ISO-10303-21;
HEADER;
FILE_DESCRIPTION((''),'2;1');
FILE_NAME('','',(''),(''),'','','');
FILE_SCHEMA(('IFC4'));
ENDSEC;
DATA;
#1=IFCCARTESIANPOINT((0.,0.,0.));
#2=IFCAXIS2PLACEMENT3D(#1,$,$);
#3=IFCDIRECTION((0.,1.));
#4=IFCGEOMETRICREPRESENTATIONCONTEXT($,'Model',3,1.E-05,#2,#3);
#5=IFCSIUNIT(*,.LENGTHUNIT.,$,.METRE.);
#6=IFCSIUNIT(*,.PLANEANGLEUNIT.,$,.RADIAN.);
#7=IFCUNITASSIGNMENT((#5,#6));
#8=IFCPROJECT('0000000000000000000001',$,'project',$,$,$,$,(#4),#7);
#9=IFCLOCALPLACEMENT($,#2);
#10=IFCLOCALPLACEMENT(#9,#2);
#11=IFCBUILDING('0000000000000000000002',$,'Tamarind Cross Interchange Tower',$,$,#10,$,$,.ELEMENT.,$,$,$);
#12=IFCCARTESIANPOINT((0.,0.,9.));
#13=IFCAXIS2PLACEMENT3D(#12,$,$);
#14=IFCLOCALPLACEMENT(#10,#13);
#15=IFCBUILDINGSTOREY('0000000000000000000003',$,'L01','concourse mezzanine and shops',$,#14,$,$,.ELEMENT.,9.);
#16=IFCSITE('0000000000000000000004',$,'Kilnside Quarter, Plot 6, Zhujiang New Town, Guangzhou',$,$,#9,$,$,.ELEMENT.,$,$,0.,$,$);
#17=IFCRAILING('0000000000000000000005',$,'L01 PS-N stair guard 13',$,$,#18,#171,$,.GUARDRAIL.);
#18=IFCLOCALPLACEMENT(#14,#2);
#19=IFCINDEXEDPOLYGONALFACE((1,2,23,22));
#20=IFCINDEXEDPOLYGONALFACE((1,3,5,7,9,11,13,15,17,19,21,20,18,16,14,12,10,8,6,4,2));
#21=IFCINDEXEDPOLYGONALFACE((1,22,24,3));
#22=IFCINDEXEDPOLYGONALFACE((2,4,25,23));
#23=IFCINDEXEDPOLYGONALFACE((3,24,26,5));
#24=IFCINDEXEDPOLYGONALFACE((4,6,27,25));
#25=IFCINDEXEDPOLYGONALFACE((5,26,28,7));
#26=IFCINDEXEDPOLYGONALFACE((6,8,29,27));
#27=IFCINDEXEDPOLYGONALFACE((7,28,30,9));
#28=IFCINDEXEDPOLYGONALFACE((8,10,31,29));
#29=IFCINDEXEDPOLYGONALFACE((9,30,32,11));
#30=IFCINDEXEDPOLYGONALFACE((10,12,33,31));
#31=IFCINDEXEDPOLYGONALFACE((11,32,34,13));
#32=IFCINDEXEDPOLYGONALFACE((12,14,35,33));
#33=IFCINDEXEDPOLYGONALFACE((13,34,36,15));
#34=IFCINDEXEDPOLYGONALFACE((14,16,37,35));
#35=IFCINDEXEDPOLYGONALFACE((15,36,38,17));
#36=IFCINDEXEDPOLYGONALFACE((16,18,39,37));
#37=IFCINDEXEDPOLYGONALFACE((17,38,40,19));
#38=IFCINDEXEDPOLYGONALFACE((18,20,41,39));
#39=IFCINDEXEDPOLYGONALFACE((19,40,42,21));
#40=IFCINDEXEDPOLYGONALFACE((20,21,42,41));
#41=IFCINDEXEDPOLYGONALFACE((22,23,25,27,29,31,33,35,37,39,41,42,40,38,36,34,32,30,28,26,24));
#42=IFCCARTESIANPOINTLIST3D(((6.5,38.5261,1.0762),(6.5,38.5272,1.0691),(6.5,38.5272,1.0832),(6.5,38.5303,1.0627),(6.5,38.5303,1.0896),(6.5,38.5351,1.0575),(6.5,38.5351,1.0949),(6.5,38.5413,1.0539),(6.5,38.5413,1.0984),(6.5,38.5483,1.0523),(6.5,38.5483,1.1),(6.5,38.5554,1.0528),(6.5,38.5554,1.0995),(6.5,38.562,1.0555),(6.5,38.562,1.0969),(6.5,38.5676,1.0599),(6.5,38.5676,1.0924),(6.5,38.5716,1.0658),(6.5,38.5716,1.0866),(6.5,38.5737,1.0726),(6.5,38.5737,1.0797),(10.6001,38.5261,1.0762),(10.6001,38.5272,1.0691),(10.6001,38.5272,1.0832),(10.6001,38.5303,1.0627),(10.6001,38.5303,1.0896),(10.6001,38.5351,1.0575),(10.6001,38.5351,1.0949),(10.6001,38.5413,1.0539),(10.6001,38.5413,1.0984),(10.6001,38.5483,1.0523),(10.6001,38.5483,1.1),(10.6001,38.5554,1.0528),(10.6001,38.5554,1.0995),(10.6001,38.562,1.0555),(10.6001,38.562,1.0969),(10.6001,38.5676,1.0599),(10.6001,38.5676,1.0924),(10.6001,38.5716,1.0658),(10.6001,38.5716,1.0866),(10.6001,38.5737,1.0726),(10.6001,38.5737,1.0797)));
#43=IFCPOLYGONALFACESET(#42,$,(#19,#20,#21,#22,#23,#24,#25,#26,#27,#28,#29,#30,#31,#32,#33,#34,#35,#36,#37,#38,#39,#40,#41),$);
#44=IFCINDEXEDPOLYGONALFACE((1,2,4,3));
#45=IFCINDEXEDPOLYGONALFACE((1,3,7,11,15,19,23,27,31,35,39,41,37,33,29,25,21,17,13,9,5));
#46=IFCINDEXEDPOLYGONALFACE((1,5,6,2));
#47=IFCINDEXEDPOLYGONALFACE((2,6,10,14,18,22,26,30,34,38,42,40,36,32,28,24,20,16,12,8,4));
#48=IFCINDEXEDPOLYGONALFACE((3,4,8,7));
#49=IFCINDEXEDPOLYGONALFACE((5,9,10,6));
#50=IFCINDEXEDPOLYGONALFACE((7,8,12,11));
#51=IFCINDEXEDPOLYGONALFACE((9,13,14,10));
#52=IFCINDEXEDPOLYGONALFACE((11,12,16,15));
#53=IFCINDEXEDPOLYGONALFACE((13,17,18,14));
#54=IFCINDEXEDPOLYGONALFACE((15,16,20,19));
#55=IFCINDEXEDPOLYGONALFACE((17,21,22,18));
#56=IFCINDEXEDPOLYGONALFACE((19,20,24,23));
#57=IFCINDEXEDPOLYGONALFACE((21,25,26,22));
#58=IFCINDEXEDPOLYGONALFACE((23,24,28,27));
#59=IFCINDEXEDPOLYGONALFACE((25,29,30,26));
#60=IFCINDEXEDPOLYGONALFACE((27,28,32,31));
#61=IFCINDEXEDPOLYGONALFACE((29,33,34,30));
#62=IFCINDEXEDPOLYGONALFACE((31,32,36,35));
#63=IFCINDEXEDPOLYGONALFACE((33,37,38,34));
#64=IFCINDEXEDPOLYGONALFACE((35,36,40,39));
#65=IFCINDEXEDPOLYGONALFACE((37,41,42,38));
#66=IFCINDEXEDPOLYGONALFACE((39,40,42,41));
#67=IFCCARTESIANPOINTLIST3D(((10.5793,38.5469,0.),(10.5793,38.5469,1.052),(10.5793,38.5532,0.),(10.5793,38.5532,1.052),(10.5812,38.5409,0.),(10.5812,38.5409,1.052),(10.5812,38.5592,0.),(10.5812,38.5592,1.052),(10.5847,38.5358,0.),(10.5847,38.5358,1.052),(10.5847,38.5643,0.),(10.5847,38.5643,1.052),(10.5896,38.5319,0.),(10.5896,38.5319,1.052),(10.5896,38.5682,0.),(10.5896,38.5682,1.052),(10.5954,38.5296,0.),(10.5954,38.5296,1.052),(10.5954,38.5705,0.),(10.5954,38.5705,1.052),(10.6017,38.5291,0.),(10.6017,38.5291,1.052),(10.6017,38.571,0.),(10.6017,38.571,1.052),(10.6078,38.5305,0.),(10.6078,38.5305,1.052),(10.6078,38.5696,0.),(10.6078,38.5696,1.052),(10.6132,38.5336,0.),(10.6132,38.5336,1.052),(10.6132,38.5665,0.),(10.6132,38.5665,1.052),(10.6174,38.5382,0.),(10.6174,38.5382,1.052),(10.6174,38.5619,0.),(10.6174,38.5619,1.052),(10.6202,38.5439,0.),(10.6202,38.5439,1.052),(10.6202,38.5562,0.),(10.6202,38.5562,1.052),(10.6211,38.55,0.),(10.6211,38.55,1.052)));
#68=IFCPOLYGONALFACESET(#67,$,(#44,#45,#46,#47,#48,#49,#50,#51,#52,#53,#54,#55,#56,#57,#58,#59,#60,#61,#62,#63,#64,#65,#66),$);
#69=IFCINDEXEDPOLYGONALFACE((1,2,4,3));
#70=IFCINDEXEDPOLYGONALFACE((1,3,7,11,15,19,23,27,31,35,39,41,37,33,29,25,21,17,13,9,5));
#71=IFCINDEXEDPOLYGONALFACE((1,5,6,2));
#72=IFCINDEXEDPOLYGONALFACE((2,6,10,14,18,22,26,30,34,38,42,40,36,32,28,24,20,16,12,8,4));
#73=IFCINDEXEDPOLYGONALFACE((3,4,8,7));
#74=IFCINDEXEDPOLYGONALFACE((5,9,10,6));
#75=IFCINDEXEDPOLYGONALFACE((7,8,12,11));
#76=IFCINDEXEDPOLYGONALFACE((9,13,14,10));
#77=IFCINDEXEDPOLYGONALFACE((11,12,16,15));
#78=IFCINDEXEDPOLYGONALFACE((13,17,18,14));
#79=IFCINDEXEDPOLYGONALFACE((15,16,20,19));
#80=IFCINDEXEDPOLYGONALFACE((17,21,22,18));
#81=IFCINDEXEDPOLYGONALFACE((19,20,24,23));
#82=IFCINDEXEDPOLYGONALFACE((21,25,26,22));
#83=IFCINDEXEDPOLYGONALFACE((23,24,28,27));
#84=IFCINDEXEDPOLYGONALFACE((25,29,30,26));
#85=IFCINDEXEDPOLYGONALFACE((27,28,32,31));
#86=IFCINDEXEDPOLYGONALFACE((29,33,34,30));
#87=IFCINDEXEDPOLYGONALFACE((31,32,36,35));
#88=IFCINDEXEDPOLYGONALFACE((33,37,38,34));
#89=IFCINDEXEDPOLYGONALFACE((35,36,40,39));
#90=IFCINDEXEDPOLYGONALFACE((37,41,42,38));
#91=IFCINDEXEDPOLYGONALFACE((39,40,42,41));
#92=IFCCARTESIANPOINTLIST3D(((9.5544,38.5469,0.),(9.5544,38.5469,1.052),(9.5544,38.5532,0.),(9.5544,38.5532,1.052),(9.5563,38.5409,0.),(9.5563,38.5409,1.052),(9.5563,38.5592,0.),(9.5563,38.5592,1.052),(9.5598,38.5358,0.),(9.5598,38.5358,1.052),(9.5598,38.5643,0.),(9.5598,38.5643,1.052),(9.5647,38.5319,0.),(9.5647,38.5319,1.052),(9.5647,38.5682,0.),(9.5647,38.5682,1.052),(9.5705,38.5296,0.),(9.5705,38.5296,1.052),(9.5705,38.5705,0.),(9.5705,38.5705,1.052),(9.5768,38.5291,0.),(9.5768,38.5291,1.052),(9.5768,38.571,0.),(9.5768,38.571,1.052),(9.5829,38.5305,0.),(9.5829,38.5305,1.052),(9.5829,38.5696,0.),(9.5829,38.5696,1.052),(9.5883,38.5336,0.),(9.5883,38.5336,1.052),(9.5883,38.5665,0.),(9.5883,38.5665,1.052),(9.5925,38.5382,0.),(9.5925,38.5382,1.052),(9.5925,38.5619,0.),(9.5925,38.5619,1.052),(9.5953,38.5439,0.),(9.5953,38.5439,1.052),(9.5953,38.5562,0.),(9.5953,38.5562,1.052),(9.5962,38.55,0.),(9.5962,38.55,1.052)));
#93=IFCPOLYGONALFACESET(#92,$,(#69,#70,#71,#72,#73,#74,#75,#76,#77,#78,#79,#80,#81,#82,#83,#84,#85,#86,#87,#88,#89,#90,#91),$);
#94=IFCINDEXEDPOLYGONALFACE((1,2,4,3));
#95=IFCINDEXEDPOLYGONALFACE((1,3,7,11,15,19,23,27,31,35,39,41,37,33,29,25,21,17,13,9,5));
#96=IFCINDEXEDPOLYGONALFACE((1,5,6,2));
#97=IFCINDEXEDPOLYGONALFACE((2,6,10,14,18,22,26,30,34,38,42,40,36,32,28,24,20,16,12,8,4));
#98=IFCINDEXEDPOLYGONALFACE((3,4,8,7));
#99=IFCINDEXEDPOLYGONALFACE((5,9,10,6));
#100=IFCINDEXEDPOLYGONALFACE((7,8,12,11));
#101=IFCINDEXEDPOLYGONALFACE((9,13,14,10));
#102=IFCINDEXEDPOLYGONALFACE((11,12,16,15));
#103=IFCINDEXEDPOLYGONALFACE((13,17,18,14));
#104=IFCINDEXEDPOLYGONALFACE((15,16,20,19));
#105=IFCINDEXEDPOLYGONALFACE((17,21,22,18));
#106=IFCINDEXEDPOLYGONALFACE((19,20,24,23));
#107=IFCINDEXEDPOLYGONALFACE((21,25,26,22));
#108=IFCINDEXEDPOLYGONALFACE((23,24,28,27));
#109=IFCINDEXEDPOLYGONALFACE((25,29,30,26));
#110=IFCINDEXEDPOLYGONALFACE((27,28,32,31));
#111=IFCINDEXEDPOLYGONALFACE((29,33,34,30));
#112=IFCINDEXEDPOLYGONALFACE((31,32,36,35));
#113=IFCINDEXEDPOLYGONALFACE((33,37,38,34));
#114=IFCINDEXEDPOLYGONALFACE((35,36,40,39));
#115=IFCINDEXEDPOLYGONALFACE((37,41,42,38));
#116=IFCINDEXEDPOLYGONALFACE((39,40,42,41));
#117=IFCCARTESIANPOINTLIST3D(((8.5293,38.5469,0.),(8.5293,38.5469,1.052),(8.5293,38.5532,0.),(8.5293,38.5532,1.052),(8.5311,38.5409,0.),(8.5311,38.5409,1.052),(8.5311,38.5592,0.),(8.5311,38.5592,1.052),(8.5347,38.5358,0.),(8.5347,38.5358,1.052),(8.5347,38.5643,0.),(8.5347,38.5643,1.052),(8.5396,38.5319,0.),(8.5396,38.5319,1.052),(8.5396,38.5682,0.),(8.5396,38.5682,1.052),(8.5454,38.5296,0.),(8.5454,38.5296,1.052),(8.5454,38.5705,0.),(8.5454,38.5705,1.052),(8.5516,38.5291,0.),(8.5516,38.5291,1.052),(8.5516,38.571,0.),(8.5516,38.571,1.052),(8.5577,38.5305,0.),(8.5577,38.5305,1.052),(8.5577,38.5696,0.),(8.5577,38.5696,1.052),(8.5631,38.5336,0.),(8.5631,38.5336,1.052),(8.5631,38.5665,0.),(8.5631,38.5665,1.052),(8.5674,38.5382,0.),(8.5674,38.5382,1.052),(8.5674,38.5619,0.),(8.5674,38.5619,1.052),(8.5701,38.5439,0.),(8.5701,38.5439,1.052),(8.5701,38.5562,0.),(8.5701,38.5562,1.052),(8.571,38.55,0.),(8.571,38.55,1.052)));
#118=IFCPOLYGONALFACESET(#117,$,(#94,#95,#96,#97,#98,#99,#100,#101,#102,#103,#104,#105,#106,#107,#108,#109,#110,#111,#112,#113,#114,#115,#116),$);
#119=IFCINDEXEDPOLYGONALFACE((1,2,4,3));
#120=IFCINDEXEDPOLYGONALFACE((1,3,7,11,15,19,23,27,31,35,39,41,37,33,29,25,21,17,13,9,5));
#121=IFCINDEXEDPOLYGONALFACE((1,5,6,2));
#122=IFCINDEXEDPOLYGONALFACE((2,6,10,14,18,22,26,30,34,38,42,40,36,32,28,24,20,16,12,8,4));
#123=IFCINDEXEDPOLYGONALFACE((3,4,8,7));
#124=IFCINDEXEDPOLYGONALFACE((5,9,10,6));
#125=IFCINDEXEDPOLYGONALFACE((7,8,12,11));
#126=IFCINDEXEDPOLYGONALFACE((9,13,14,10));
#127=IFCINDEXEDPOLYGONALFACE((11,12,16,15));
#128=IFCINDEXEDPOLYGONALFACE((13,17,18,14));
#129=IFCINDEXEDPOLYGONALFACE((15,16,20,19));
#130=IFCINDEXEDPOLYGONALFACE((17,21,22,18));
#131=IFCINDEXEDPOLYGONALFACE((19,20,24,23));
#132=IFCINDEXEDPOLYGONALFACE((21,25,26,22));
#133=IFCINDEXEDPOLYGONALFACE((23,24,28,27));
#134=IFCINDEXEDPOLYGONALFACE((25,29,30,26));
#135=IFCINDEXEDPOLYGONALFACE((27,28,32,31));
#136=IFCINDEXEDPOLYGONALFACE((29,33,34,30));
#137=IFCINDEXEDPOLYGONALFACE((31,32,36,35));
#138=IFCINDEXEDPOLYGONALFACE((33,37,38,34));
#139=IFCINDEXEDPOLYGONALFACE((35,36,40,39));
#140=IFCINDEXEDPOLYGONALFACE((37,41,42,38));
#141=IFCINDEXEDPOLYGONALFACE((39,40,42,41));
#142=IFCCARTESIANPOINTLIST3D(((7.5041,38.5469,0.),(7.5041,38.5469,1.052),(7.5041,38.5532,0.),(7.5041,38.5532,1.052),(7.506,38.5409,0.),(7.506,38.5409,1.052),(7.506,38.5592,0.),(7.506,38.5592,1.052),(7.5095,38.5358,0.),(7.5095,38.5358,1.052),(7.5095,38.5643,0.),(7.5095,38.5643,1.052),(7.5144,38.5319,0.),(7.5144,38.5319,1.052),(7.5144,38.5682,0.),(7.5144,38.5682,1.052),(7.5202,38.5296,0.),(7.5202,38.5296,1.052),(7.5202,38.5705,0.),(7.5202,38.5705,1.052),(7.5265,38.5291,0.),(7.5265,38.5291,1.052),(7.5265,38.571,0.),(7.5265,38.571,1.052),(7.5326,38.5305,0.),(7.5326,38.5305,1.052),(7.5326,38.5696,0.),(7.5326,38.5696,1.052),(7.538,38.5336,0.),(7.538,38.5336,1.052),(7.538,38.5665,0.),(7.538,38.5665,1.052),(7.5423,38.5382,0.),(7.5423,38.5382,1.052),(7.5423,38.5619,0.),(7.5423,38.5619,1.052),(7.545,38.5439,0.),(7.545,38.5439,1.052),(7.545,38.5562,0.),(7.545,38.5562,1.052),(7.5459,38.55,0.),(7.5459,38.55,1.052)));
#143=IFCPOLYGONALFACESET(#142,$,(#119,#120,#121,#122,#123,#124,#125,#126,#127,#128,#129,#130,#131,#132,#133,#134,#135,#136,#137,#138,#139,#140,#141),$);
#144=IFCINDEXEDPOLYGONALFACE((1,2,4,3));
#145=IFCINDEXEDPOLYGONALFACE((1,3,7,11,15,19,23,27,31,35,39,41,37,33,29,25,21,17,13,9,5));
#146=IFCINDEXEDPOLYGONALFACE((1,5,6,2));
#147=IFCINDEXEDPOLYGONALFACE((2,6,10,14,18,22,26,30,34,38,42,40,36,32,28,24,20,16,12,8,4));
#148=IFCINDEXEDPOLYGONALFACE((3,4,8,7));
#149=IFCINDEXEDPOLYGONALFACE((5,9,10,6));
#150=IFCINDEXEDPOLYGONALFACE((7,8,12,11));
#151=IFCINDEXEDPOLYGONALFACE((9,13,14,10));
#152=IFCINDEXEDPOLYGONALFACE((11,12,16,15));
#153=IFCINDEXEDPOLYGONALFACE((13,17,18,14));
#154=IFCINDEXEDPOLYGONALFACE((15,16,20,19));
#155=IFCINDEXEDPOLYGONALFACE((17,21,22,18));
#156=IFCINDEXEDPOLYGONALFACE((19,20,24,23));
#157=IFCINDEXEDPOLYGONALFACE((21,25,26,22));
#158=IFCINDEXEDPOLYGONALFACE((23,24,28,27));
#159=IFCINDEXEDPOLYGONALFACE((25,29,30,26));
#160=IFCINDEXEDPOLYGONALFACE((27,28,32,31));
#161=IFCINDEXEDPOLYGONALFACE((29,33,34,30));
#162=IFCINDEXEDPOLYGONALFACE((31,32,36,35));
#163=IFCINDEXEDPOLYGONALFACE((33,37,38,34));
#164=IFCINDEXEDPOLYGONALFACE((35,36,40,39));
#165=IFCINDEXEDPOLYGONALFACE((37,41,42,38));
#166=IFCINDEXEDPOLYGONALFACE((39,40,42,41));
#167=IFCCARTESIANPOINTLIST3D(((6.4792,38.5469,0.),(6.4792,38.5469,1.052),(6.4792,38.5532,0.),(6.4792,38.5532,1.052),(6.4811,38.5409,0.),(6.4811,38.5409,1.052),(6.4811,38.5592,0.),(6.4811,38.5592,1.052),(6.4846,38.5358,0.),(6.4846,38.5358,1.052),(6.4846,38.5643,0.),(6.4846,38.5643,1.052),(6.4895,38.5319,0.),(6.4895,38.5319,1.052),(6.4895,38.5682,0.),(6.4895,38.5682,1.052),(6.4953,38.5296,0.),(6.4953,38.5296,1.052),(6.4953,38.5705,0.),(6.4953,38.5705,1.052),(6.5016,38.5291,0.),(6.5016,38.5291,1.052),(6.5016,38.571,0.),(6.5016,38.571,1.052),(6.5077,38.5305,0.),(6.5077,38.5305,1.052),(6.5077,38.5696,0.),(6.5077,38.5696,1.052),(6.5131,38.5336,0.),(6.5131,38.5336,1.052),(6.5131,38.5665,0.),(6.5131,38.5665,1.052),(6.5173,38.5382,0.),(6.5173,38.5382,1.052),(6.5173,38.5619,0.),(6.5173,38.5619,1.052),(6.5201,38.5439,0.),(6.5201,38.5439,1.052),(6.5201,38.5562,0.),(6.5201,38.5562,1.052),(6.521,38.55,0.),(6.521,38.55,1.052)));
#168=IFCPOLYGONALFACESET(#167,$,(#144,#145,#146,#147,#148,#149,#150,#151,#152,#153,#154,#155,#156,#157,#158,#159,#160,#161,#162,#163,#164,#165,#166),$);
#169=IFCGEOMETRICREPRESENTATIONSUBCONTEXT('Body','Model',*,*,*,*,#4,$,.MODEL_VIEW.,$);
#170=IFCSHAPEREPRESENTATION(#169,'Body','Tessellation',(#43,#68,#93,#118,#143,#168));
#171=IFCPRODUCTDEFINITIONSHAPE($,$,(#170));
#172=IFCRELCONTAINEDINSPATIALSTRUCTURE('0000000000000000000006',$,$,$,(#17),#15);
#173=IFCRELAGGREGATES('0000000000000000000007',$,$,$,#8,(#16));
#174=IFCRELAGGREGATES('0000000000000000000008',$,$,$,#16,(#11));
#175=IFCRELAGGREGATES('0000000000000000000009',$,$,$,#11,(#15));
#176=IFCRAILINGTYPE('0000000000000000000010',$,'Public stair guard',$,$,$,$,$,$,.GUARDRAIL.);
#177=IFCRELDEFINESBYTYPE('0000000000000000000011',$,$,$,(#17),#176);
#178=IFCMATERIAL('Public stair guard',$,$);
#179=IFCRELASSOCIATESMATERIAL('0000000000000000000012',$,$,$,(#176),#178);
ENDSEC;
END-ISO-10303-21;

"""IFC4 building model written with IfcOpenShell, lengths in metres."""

from ifc_helpers import new_model, si_unit, direction, frame, origin, origin_2d, place, context, subcontext, project, spatial, circle, extrude, material, type_object, element, save


model = new_model("IFC4")

# Units and contexts
model_context = context("Model", 3, precision=1e-05, world=origin(), true_north=direction((0.0, 1.0)))
body_context = subcontext(model_context, "Body", "Model", "MODEL_VIEW")
ifc_project = project(units=[si_unit("LENGTHUNIT", "METRE"), si_unit("PLANEANGLEUNIT", "RADIAN")], contexts=[model_context])

# Site, building, storey
site_placement = place(None, origin())
site = spatial("IfcSite", under=ifc_project, at=site_placement, Name="Kilnside Quarter, Plot 6, Zhujiang New Town, Guangzhou", CompositionType="ELEMENT", RefElevation=0.0)
building_placement = place(site_placement, origin())
building = spatial("IfcBuilding", under=site, at=building_placement, Name="Tamarind Cross Interchange Tower", CompositionType="ELEMENT")
storey_placement = place(building_placement, frame((0.0, 0.0, 9.0)))
storey = spatial("IfcBuildingStorey", under=building, at=storey_placement, Name="L01", Description="concourse mezzanine and shops", CompositionType="ELEMENT", Elevation=9.0)

# Railing
ifc_material_1 = material(Name="Public stair guard")
railing_type_1 = type_object("IfcRailingType", Name="Public stair guard", PredefinedType="GUARDRAIL", material=ifc_material_1)
railing_1_placement = place(storey_placement, frame((10.6001, 38.55, 0.0)))
element("IfcRailing", 1, at=railing_1_placement, inside=storey, type_object=railing_type_1, Name="L01 PS-N stair guard 13", PredefinedType="GUARDRAIL", context=body_context, shape_type="SweptSolid", body=[
    extrude(circle(Radius=0.0239, at=origin_2d()), frame((0.0, 0.0, 1.0762), z_axis=(-1.0, 0.0, 0.0), x_axis=(0.0, -1.0, 0.0)), (0.0, 0.0, 1.0), 4.1001),
    extrude(circle(Radius=0.021, at=origin_2d()), origin(), (0.0, 0.0, 1.0), 1.052),
    extrude(circle(Radius=0.021, at=origin_2d()), frame((-1.0249, 0.0, 0.0)), (0.0, 0.0, 1.0), 1.052),
    extrude(circle(Radius=0.021, at=origin_2d()), frame((-2.05, 0.0, 0.0)), (0.0, 0.0, 1.0), 1.052),
    extrude(circle(Radius=0.021, at=origin_2d()), frame((-3.0752, 0.0, 0.0)), (0.0, 0.0, 1.0), 1.052),
    extrude(circle(Radius=0.021, at=origin_2d()), frame((-4.1001, 0.0, 0.0)), (0.0, 0.0, 1.0), 1.052),
])

save(model, "model.ifc")
